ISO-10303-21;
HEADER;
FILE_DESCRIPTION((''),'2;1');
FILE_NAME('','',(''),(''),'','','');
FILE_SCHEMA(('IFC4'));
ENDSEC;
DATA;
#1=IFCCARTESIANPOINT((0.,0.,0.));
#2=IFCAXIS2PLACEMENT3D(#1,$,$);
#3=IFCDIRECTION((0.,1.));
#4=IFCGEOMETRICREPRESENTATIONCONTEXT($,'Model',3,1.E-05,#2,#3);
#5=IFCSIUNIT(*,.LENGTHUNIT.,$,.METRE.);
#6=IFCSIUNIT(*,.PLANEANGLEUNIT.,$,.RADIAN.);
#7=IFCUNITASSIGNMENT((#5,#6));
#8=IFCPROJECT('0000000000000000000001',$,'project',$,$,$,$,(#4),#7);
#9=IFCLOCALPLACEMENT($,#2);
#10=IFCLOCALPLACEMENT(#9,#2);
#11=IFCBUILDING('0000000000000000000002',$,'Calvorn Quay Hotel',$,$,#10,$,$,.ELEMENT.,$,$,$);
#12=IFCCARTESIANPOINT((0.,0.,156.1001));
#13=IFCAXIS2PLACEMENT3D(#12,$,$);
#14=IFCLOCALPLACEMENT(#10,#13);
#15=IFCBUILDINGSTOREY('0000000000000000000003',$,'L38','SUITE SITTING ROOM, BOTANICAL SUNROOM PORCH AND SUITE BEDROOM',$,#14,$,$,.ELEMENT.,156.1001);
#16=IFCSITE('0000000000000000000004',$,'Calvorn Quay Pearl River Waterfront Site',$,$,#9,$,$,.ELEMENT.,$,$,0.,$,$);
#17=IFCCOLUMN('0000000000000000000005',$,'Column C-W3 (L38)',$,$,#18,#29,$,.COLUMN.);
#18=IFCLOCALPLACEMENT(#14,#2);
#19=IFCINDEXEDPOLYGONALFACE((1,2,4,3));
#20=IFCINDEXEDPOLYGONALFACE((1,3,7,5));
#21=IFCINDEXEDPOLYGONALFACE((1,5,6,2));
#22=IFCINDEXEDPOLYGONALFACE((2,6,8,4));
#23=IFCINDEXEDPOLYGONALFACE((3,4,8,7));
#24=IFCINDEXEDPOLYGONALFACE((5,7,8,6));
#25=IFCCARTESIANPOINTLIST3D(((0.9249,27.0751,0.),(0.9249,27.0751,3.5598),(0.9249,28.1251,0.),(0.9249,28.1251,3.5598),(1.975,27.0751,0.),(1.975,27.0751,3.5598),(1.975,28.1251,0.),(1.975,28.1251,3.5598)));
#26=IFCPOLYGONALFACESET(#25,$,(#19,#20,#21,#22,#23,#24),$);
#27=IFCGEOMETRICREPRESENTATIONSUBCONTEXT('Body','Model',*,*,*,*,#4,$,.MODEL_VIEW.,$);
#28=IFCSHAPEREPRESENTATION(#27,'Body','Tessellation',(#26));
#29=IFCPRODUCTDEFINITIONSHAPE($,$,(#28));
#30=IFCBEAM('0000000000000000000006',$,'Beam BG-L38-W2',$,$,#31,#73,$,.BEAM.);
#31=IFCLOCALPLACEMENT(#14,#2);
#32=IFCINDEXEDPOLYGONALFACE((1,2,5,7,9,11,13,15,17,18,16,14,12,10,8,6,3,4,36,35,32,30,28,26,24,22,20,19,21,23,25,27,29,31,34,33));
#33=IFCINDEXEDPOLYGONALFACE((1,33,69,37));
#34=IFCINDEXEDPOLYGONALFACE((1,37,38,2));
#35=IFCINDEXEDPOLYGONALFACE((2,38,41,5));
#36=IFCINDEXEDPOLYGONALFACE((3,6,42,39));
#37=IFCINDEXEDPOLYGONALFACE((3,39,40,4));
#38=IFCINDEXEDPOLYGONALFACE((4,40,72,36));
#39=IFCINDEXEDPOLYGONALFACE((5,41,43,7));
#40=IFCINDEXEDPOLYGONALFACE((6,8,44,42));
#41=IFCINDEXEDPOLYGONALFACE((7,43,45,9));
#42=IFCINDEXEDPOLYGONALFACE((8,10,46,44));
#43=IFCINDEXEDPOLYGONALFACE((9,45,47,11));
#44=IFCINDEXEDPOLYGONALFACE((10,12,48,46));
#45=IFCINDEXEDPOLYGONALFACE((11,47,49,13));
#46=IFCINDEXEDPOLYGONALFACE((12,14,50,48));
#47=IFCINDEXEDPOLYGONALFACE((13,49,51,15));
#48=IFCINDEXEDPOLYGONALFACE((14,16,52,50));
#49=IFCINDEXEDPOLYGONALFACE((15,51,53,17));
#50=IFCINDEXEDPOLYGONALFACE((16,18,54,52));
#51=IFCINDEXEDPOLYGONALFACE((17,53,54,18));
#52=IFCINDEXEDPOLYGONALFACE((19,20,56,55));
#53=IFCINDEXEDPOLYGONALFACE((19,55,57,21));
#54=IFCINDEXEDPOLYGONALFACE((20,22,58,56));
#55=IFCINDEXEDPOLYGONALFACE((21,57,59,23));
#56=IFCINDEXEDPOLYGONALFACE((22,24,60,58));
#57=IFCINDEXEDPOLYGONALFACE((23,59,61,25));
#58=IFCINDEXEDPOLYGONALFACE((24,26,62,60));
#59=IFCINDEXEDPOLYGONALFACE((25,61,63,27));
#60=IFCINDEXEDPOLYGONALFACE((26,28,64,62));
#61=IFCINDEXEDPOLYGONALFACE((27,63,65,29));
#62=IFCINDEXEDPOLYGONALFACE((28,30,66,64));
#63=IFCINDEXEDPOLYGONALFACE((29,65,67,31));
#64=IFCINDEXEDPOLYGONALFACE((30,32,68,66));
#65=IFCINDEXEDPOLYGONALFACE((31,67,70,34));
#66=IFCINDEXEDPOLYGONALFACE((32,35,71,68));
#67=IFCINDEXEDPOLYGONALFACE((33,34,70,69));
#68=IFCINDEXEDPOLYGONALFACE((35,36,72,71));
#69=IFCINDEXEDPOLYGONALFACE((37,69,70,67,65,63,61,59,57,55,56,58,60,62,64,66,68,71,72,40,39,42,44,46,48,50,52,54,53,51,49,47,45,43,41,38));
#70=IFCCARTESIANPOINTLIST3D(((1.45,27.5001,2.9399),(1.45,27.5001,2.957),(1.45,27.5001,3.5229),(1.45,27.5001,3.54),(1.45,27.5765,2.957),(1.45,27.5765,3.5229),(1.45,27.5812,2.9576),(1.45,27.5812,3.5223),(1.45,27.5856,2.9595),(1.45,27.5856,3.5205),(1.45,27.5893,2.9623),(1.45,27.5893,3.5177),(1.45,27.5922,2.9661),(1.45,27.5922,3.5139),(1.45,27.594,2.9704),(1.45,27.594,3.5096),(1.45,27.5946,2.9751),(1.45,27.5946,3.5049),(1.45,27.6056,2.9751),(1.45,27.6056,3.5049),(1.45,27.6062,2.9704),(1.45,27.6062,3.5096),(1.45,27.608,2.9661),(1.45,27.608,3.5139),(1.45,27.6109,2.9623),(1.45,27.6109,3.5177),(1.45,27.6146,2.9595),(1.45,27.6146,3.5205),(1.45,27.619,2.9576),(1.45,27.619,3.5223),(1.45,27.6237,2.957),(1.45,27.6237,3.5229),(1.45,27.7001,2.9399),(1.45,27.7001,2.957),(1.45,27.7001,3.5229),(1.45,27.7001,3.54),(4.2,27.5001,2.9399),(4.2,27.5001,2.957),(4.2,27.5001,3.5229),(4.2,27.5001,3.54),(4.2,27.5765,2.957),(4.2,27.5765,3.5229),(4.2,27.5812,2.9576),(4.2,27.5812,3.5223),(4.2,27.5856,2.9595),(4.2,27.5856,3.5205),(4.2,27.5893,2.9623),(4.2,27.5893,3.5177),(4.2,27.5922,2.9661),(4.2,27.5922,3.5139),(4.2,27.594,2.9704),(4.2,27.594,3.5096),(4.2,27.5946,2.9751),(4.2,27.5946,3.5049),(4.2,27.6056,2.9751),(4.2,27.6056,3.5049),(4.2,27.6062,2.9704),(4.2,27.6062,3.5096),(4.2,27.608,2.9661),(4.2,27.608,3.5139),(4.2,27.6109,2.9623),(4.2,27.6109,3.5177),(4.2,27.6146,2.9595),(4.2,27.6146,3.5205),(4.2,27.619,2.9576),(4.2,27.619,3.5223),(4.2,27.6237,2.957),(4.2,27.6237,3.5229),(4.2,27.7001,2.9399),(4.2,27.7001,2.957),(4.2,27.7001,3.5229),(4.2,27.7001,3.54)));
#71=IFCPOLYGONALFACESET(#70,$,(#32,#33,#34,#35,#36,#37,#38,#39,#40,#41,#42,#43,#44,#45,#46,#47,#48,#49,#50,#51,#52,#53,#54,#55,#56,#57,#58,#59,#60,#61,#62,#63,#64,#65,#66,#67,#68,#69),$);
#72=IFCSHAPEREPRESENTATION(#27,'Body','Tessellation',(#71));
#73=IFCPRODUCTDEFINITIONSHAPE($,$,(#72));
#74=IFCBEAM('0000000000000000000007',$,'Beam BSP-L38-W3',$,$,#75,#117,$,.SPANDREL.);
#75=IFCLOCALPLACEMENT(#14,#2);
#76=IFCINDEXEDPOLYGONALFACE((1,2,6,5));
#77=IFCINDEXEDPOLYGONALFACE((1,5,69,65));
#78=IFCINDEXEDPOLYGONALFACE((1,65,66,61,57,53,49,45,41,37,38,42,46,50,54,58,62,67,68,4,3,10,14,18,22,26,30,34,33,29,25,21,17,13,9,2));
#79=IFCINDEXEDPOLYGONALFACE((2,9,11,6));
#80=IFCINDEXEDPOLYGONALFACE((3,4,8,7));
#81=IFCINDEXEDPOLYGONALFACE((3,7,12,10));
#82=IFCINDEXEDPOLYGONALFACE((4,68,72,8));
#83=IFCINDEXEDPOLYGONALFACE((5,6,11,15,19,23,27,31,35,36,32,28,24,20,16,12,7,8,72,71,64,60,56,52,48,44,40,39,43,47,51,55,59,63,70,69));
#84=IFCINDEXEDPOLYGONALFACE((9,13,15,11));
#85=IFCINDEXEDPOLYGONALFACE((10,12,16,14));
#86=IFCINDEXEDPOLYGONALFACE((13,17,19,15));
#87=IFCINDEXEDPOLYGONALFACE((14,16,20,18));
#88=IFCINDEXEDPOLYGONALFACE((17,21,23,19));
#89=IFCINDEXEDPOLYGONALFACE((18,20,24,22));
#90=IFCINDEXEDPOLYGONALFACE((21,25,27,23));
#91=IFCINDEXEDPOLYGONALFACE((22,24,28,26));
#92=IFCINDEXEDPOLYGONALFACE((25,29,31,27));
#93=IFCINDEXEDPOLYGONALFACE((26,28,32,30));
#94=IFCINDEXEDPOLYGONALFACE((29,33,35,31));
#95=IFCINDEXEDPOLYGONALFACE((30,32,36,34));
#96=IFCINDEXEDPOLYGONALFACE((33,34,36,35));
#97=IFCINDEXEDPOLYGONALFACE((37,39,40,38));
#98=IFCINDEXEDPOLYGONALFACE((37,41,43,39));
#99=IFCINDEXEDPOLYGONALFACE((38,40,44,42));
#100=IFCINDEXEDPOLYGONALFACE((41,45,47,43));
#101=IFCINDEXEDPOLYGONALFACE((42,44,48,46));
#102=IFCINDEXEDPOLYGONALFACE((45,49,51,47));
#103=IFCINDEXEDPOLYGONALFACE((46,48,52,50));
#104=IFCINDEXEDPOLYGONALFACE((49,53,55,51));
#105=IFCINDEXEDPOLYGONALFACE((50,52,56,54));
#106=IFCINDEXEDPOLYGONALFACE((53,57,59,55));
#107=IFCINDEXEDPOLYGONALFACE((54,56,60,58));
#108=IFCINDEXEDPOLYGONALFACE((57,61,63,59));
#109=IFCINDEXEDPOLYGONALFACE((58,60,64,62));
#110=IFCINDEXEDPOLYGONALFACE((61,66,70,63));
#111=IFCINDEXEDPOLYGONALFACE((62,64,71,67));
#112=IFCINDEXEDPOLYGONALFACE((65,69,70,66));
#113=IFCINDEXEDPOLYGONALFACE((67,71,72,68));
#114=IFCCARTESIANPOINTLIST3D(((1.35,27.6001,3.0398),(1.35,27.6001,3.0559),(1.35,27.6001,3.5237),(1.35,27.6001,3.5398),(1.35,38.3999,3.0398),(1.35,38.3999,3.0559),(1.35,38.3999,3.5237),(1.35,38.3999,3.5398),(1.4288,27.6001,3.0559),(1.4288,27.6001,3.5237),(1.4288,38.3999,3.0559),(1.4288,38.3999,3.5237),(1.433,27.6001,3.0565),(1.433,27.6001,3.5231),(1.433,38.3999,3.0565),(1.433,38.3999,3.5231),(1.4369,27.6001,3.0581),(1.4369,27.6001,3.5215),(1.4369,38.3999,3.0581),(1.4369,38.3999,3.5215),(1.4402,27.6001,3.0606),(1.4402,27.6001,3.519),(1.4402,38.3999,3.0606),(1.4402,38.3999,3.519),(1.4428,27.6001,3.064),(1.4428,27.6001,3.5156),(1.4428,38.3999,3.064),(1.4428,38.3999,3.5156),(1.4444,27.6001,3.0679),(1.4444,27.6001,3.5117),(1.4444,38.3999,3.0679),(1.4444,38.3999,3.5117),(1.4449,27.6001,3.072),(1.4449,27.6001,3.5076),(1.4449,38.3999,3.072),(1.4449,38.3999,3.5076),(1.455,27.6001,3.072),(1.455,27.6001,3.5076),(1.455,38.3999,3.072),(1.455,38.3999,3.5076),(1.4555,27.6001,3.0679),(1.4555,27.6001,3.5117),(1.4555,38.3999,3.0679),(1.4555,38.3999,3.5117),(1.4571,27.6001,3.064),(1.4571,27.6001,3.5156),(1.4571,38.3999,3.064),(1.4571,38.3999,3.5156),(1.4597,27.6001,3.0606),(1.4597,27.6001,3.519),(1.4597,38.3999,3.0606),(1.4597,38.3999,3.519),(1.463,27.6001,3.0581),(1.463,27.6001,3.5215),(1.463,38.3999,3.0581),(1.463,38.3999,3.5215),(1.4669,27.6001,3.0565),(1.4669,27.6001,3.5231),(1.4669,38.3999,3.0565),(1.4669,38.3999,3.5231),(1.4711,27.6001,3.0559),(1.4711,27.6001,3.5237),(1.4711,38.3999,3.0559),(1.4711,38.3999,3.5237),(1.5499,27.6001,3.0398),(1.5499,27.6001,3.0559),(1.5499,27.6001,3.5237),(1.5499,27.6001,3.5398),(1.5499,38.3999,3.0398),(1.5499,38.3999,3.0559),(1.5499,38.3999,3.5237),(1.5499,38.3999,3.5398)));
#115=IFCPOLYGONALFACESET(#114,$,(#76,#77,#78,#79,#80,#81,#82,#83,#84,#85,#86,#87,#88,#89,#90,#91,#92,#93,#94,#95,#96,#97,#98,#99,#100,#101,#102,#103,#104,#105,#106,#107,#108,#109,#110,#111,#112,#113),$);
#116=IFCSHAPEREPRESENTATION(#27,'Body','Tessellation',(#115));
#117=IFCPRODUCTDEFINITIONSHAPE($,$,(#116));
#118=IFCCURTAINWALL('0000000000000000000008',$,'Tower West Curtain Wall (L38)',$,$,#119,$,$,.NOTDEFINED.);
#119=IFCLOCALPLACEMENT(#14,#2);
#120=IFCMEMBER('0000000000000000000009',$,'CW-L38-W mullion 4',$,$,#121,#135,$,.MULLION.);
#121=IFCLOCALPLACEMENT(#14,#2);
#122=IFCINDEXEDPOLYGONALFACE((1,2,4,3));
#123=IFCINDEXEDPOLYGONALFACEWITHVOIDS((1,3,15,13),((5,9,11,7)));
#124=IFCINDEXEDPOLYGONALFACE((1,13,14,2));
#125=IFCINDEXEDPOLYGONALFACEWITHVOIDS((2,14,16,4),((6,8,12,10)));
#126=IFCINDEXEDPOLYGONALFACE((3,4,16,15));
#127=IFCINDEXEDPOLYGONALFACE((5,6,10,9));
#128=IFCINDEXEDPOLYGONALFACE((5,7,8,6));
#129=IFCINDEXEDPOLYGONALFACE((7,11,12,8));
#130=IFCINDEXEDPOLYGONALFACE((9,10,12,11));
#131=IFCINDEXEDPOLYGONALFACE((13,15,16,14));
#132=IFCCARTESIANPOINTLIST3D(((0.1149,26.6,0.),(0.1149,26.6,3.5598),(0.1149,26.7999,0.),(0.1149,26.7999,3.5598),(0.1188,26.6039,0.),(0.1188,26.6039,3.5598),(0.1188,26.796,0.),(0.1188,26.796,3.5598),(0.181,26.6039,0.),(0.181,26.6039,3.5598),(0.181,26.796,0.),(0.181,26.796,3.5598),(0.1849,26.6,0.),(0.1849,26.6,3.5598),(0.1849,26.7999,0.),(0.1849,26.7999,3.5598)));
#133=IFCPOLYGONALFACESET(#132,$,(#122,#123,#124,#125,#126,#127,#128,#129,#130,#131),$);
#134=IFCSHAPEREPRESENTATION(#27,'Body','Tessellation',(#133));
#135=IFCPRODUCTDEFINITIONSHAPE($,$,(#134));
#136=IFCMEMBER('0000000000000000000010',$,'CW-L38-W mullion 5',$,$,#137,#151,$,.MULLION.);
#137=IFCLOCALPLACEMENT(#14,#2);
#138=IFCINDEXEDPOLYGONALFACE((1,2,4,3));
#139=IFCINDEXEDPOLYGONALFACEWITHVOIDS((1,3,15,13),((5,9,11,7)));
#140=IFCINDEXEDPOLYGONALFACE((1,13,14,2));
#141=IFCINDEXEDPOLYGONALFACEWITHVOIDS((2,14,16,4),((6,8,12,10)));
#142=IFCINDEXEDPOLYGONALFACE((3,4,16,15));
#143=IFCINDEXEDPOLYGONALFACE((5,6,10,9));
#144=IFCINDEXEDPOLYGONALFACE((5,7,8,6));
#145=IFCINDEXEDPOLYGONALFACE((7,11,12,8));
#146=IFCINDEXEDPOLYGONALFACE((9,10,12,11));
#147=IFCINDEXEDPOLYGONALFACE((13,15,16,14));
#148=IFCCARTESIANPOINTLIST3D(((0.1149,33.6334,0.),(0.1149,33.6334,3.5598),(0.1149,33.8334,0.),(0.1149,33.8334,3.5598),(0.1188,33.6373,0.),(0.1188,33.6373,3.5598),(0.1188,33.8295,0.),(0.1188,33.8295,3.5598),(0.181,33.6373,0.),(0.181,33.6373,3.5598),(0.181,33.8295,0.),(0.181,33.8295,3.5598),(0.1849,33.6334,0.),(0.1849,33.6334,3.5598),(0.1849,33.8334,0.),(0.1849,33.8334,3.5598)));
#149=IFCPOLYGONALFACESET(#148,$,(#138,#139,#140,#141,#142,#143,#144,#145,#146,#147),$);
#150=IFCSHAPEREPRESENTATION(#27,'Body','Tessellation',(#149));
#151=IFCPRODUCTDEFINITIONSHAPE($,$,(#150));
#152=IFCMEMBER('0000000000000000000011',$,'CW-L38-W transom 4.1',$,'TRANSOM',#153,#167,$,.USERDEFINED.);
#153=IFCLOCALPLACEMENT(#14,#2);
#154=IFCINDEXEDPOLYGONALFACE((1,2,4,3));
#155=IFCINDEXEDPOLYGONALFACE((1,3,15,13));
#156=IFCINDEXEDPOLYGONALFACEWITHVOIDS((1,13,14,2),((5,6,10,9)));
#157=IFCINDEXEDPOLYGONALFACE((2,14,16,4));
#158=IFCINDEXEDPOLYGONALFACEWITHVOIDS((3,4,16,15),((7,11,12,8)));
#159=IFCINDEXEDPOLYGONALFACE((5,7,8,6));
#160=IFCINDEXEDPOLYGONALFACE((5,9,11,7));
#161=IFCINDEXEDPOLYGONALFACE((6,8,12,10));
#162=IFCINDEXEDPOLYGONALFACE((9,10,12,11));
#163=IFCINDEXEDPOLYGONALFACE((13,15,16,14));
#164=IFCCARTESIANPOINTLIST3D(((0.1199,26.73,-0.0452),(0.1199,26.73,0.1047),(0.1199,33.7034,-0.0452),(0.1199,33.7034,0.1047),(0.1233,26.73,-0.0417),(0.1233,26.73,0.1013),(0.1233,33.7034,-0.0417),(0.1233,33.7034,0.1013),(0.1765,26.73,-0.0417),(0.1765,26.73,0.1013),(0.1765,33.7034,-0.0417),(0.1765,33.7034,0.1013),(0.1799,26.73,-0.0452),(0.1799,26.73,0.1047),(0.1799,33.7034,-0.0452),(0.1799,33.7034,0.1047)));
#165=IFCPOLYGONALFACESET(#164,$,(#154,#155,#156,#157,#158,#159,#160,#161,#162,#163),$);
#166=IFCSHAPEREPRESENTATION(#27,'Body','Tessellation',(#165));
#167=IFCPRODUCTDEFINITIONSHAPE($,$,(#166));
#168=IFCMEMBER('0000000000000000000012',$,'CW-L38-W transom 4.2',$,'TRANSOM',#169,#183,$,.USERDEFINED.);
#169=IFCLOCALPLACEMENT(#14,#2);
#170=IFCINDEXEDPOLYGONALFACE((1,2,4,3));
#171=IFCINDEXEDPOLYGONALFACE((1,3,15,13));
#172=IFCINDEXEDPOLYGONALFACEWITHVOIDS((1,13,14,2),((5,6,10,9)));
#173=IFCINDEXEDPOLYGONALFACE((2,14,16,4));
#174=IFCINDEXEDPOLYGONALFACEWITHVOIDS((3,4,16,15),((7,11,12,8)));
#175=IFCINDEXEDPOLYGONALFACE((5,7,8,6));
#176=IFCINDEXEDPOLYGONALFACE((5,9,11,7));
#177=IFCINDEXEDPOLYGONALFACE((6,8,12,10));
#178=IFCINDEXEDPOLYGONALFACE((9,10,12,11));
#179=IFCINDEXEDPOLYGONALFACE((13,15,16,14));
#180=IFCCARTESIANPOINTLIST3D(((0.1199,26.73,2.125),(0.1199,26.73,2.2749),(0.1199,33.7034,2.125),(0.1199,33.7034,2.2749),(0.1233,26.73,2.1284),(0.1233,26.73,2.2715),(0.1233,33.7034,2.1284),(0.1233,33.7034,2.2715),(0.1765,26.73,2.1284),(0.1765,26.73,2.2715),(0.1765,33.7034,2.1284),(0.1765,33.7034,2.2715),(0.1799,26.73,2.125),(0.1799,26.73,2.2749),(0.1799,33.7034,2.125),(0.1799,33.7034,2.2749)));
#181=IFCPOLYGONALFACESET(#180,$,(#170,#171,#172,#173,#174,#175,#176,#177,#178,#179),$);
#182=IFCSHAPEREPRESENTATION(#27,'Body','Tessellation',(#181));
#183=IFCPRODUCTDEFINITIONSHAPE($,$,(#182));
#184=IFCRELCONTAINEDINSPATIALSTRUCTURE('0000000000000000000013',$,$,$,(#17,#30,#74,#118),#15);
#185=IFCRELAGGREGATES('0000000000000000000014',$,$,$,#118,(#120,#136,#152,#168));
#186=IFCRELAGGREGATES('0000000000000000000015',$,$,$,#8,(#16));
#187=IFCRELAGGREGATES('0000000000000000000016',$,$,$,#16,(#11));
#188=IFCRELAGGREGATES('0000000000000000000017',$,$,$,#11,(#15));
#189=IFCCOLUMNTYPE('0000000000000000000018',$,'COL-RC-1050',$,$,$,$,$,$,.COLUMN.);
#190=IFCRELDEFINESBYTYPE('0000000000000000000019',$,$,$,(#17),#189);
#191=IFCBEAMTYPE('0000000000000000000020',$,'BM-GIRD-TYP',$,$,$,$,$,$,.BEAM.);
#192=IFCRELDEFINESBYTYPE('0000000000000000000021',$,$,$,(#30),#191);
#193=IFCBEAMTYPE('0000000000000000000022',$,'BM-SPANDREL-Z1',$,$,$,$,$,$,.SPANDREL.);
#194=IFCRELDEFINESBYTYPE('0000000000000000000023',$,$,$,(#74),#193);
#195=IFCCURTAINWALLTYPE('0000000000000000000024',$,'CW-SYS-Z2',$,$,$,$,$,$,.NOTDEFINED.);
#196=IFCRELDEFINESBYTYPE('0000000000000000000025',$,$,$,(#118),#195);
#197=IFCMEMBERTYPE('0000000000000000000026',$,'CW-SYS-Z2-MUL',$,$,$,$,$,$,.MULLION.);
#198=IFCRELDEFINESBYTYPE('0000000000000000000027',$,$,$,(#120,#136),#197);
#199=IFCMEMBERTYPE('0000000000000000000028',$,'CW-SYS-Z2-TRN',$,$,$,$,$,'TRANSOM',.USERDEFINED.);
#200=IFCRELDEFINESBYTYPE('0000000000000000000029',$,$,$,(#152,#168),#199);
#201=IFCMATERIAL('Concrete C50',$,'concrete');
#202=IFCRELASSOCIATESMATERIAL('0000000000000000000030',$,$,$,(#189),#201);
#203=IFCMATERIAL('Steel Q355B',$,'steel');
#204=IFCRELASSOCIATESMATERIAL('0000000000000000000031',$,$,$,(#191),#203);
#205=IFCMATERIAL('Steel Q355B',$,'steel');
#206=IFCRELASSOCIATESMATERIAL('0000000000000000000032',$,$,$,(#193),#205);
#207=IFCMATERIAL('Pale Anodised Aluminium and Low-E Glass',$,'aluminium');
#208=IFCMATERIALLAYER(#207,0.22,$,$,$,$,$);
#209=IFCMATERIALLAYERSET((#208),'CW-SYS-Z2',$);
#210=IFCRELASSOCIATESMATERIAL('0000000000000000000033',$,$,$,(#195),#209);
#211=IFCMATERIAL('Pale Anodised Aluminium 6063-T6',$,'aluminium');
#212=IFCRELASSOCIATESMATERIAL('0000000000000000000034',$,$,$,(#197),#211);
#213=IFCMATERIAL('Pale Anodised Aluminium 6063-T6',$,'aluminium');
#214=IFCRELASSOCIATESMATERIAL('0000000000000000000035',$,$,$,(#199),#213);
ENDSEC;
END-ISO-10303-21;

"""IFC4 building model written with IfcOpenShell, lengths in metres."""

from ifc_helpers import new_model, si_unit, direction, frame, origin, origin_2d, place, context, subcontext, project, spatial, rectangle, hollow_rectangle, i_section, extrude, material, layer, layer_set, material_profile, profile_set, type_object, element, aggregate, save


model = new_model("IFC4")

# Units and contexts
model_context = context("Model", 3, precision=1e-05, world=origin(), true_north=direction((0.0, 1.0)))
body_context = subcontext(model_context, "Body", "Model", "MODEL_VIEW")
ifc_project = project(units=[si_unit("LENGTHUNIT", "METRE"), si_unit("PLANEANGLEUNIT", "RADIAN")], contexts=[model_context])

# Site, building, storey
site_placement = place(None, origin())
site = spatial("IfcSite", under=ifc_project, at=site_placement, Name="Calvorn Quay Pearl River Waterfront Site", CompositionType="ELEMENT", RefElevation=0.0)
building_placement = place(site_placement, origin())
building = spatial("IfcBuilding", under=site, at=building_placement, Name="Calvorn Quay Hotel", CompositionType="ELEMENT")
storey_placement = place(building_placement, frame((0.0, 0.0, 156.1001)))
storey = spatial("IfcBuildingStorey", under=building, at=storey_placement, Name="L38", Description="SUITE SITTING ROOM, BOTANICAL SUNROOM PORCH AND SUITE BEDROOM", CompositionType="ELEMENT", Elevation=156.1001)

# Column
ifc_material_1 = material(Name="Concrete C50", Category="concrete")
ifc_material_profile_1 = material_profile(ifc_material_1, rectangle(XDim=1.05, YDim=1.05, at=origin_2d()), Name="RC1050x1050")
ifc_profile_set_1 = profile_set([ifc_material_profile_1], Name="Concrete C50")
column_type = type_object("IfcColumnType", Name="COL-RC-1050", PredefinedType="COLUMN", material=ifc_profile_set_1)
column_placement = place(storey_placement, frame((1.45, 27.6001, 0.0), z_axis=(0.0, 0.0, 1.0), x_axis=(1.0, 0.0, 0.0)))
element("IfcColumn", 1, at=column_placement, inside=storey, type_object=column_type, Name="Column C-W3 (L38)", PredefinedType="COLUMN", context=body_context, shape_type="SweptSolid", body=[
    extrude(rectangle(XDim=1.05, YDim=1.05, at=origin_2d()), origin(), (0.0, 0.0, 1.0), 3.5598),
])

# Beams
ifc_material_2 = material(Name="Steel Q355B", Category="steel")
ifc_material_profile_2 = material_profile(ifc_material_2, i_section(OverallWidth=0.2, OverallDepth=0.6001, WebThickness=0.011, FlangeThickness=0.0171, FilletRadius=0.0181, at=origin_2d()), Name="HN600x200x11x17")
ifc_profile_set_2 = profile_set([ifc_material_profile_2], Name="Steel Q355B")
beam_type_1 = type_object("IfcBeamType", Name="BM-GIRD-TYP", PredefinedType="BEAM", material=ifc_profile_set_2)
beam_1_placement = place(storey_placement, frame((1.45, 27.6001, 3.24), z_axis=(1.0, 0.0, 0.0), x_axis=(0.0, 1.0, 0.0)))
element("IfcBeam", 2, at=beam_1_placement, inside=storey, type_object=beam_type_1, Name="Beam BG-L38-W2", PredefinedType="BEAM", context=body_context, shape_type="SweptSolid", body=[
    extrude(i_section(OverallWidth=0.2, OverallDepth=0.6001, WebThickness=0.011, FlangeThickness=0.0171, FilletRadius=0.0181, at=origin_2d()), origin(), (0.0, 0.0, 1.0), 2.75),
])
ifc_material_3 = material(Name="Steel Q355B", Category="steel")
ifc_material_profile_3 = material_profile(ifc_material_3, i_section(OverallWidth=0.2, OverallDepth=0.5, WebThickness=0.01, FlangeThickness=0.0161, FilletRadius=0.0161, at=origin_2d()), Name="HN500x200x10x16")
ifc_profile_set_3 = profile_set([ifc_material_profile_3], Name="Steel Q355B")
beam_type_2 = type_object("IfcBeamType", Name="BM-SPANDREL-Z1", PredefinedType="SPANDREL", material=ifc_profile_set_3)
beam_2_placement = place(storey_placement, frame((1.45, 27.6001, 3.2898), z_axis=(0.0, 1.0, 0.0), x_axis=(-1.0, 0.0, 0.0)))
element("IfcBeam", 3, at=beam_2_placement, inside=storey, type_object=beam_type_2, Name="Beam BSP-L38-W3", PredefinedType="SPANDREL", context=body_context, shape_type="SweptSolid", body=[
    extrude(i_section(OverallWidth=0.2, OverallDepth=0.5, WebThickness=0.01, FlangeThickness=0.0161, FilletRadius=0.0161, at=origin_2d()), origin(), (0.0, 0.0, 1.0), 10.7998),
])

# Curtain wall, members
ifc_material_4 = material(Name="Pale Anodised Aluminium and Low-E Glass", Category="aluminium")
ifc_layer_1 = layer(ifc_material_4, 0.22)
ifc_layer_set_1 = layer_set([ifc_layer_1], Name="CW-SYS-Z2")
curtain_wall_type = type_object("IfcCurtainWallType", Name="CW-SYS-Z2", PredefinedType="NOTDEFINED", material=ifc_layer_set_1)
curtain_wall_placement = place(storey_placement, origin())
curtain_wall = element("IfcCurtainWall", 4, at=curtain_wall_placement, inside=storey, type_object=curtain_wall_type, Name="Tower West Curtain Wall (L38)", PredefinedType="NOTDEFINED")
ifc_material_5 = material(Name="Pale Anodised Aluminium 6063-T6", Category="aluminium")
ifc_material_profile_4 = material_profile(ifc_material_5, hollow_rectangle(XDim=0.0701, YDim=0.2, WallThickness=0.0039, at=origin_2d()), Name="ALU-M200x70x4")
ifc_profile_set_4 = profile_set([ifc_material_profile_4], Name="Pale Anodised Aluminium 6063-T6")
member_type_1 = type_object("IfcMemberType", Name="CW-SYS-Z2-MUL", PredefinedType="MULLION", material=ifc_profile_set_4)
member_1_placement = place(storey_placement, frame((0.1499, 26.7, 0.0), z_axis=(0.0, 0.0, 1.0), x_axis=(-1.0, 0.0, 0.0)))
member_1 = element("IfcMember", 5, at=member_1_placement, type_object=member_type_1, Name="CW-L38-W mullion 4", PredefinedType="MULLION", context=body_context, shape_type="SweptSolid", body=[
    extrude(hollow_rectangle(XDim=0.0701, YDim=0.2, WallThickness=0.0039, at=origin_2d()), origin(), (0.0, 0.0, 1.0), 3.5598),
])
member_2_placement = place(storey_placement, frame((0.1499, 33.7334, 0.0), z_axis=(0.0, 0.0, 1.0), x_axis=(-1.0, 0.0, 0.0)))
member_2 = element("IfcMember", 6, at=member_2_placement, type_object=member_type_1, Name="CW-L38-W mullion 5", PredefinedType="MULLION", context=body_context, shape_type="SweptSolid", body=[
    extrude(hollow_rectangle(XDim=0.0701, YDim=0.2, WallThickness=0.0039, at=origin_2d()), origin(), (0.0, 0.0, 1.0), 3.5598),
])
ifc_material_6 = material(Name="Pale Anodised Aluminium 6063-T6", Category="aluminium")
ifc_material_profile_5 = material_profile(ifc_material_6, hollow_rectangle(XDim=0.0601, YDim=0.1499, WallThickness=0.0034, at=origin_2d()), Name="ALU-T150x60x3.5")
ifc_profile_set_5 = profile_set([ifc_material_profile_5], Name="Pale Anodised Aluminium 6063-T6")
member_type_2 = type_object("IfcMemberType", Name="CW-SYS-Z2-TRN", ElementType="TRANSOM", PredefinedType="USERDEFINED", material=ifc_profile_set_5)
member_3_placement = place(storey_placement, frame((0.1499, 26.73, 0.0298), z_axis=(0.0, 1.0, 0.0), x_axis=(-1.0, 0.0, 0.0)))
member_3 = element("IfcMember", 7, at=member_3_placement, type_object=member_type_2, Name="CW-L38-W transom 4.1", ObjectType="TRANSOM", PredefinedType="USERDEFINED", context=body_context, shape_type="SweptSolid", body=[
    extrude(hollow_rectangle(XDim=0.0601, YDim=0.1499, WallThickness=0.0034, at=origin_2d()), origin(), (0.0, 0.0, 1.0), 6.9734),
])
member_4_placement = place(storey_placement, frame((0.1499, 26.73, 2.2), z_axis=(0.0, 1.0, 0.0), x_axis=(-1.0, 0.0, 0.0)))
member_4 = element("IfcMember", 8, at=member_4_placement, type_object=member_type_2, Name="CW-L38-W transom 4.2", ObjectType="TRANSOM", PredefinedType="USERDEFINED", context=body_context, shape_type="SweptSolid", body=[
    extrude(hollow_rectangle(XDim=0.0601, YDim=0.1499, WallThickness=0.0034, at=origin_2d()), origin(), (0.0, 0.0, 1.0), 6.9734),
])
aggregate(curtain_wall, [member_1, member_2, member_3, member_4])

save(model, "model.ifc")
